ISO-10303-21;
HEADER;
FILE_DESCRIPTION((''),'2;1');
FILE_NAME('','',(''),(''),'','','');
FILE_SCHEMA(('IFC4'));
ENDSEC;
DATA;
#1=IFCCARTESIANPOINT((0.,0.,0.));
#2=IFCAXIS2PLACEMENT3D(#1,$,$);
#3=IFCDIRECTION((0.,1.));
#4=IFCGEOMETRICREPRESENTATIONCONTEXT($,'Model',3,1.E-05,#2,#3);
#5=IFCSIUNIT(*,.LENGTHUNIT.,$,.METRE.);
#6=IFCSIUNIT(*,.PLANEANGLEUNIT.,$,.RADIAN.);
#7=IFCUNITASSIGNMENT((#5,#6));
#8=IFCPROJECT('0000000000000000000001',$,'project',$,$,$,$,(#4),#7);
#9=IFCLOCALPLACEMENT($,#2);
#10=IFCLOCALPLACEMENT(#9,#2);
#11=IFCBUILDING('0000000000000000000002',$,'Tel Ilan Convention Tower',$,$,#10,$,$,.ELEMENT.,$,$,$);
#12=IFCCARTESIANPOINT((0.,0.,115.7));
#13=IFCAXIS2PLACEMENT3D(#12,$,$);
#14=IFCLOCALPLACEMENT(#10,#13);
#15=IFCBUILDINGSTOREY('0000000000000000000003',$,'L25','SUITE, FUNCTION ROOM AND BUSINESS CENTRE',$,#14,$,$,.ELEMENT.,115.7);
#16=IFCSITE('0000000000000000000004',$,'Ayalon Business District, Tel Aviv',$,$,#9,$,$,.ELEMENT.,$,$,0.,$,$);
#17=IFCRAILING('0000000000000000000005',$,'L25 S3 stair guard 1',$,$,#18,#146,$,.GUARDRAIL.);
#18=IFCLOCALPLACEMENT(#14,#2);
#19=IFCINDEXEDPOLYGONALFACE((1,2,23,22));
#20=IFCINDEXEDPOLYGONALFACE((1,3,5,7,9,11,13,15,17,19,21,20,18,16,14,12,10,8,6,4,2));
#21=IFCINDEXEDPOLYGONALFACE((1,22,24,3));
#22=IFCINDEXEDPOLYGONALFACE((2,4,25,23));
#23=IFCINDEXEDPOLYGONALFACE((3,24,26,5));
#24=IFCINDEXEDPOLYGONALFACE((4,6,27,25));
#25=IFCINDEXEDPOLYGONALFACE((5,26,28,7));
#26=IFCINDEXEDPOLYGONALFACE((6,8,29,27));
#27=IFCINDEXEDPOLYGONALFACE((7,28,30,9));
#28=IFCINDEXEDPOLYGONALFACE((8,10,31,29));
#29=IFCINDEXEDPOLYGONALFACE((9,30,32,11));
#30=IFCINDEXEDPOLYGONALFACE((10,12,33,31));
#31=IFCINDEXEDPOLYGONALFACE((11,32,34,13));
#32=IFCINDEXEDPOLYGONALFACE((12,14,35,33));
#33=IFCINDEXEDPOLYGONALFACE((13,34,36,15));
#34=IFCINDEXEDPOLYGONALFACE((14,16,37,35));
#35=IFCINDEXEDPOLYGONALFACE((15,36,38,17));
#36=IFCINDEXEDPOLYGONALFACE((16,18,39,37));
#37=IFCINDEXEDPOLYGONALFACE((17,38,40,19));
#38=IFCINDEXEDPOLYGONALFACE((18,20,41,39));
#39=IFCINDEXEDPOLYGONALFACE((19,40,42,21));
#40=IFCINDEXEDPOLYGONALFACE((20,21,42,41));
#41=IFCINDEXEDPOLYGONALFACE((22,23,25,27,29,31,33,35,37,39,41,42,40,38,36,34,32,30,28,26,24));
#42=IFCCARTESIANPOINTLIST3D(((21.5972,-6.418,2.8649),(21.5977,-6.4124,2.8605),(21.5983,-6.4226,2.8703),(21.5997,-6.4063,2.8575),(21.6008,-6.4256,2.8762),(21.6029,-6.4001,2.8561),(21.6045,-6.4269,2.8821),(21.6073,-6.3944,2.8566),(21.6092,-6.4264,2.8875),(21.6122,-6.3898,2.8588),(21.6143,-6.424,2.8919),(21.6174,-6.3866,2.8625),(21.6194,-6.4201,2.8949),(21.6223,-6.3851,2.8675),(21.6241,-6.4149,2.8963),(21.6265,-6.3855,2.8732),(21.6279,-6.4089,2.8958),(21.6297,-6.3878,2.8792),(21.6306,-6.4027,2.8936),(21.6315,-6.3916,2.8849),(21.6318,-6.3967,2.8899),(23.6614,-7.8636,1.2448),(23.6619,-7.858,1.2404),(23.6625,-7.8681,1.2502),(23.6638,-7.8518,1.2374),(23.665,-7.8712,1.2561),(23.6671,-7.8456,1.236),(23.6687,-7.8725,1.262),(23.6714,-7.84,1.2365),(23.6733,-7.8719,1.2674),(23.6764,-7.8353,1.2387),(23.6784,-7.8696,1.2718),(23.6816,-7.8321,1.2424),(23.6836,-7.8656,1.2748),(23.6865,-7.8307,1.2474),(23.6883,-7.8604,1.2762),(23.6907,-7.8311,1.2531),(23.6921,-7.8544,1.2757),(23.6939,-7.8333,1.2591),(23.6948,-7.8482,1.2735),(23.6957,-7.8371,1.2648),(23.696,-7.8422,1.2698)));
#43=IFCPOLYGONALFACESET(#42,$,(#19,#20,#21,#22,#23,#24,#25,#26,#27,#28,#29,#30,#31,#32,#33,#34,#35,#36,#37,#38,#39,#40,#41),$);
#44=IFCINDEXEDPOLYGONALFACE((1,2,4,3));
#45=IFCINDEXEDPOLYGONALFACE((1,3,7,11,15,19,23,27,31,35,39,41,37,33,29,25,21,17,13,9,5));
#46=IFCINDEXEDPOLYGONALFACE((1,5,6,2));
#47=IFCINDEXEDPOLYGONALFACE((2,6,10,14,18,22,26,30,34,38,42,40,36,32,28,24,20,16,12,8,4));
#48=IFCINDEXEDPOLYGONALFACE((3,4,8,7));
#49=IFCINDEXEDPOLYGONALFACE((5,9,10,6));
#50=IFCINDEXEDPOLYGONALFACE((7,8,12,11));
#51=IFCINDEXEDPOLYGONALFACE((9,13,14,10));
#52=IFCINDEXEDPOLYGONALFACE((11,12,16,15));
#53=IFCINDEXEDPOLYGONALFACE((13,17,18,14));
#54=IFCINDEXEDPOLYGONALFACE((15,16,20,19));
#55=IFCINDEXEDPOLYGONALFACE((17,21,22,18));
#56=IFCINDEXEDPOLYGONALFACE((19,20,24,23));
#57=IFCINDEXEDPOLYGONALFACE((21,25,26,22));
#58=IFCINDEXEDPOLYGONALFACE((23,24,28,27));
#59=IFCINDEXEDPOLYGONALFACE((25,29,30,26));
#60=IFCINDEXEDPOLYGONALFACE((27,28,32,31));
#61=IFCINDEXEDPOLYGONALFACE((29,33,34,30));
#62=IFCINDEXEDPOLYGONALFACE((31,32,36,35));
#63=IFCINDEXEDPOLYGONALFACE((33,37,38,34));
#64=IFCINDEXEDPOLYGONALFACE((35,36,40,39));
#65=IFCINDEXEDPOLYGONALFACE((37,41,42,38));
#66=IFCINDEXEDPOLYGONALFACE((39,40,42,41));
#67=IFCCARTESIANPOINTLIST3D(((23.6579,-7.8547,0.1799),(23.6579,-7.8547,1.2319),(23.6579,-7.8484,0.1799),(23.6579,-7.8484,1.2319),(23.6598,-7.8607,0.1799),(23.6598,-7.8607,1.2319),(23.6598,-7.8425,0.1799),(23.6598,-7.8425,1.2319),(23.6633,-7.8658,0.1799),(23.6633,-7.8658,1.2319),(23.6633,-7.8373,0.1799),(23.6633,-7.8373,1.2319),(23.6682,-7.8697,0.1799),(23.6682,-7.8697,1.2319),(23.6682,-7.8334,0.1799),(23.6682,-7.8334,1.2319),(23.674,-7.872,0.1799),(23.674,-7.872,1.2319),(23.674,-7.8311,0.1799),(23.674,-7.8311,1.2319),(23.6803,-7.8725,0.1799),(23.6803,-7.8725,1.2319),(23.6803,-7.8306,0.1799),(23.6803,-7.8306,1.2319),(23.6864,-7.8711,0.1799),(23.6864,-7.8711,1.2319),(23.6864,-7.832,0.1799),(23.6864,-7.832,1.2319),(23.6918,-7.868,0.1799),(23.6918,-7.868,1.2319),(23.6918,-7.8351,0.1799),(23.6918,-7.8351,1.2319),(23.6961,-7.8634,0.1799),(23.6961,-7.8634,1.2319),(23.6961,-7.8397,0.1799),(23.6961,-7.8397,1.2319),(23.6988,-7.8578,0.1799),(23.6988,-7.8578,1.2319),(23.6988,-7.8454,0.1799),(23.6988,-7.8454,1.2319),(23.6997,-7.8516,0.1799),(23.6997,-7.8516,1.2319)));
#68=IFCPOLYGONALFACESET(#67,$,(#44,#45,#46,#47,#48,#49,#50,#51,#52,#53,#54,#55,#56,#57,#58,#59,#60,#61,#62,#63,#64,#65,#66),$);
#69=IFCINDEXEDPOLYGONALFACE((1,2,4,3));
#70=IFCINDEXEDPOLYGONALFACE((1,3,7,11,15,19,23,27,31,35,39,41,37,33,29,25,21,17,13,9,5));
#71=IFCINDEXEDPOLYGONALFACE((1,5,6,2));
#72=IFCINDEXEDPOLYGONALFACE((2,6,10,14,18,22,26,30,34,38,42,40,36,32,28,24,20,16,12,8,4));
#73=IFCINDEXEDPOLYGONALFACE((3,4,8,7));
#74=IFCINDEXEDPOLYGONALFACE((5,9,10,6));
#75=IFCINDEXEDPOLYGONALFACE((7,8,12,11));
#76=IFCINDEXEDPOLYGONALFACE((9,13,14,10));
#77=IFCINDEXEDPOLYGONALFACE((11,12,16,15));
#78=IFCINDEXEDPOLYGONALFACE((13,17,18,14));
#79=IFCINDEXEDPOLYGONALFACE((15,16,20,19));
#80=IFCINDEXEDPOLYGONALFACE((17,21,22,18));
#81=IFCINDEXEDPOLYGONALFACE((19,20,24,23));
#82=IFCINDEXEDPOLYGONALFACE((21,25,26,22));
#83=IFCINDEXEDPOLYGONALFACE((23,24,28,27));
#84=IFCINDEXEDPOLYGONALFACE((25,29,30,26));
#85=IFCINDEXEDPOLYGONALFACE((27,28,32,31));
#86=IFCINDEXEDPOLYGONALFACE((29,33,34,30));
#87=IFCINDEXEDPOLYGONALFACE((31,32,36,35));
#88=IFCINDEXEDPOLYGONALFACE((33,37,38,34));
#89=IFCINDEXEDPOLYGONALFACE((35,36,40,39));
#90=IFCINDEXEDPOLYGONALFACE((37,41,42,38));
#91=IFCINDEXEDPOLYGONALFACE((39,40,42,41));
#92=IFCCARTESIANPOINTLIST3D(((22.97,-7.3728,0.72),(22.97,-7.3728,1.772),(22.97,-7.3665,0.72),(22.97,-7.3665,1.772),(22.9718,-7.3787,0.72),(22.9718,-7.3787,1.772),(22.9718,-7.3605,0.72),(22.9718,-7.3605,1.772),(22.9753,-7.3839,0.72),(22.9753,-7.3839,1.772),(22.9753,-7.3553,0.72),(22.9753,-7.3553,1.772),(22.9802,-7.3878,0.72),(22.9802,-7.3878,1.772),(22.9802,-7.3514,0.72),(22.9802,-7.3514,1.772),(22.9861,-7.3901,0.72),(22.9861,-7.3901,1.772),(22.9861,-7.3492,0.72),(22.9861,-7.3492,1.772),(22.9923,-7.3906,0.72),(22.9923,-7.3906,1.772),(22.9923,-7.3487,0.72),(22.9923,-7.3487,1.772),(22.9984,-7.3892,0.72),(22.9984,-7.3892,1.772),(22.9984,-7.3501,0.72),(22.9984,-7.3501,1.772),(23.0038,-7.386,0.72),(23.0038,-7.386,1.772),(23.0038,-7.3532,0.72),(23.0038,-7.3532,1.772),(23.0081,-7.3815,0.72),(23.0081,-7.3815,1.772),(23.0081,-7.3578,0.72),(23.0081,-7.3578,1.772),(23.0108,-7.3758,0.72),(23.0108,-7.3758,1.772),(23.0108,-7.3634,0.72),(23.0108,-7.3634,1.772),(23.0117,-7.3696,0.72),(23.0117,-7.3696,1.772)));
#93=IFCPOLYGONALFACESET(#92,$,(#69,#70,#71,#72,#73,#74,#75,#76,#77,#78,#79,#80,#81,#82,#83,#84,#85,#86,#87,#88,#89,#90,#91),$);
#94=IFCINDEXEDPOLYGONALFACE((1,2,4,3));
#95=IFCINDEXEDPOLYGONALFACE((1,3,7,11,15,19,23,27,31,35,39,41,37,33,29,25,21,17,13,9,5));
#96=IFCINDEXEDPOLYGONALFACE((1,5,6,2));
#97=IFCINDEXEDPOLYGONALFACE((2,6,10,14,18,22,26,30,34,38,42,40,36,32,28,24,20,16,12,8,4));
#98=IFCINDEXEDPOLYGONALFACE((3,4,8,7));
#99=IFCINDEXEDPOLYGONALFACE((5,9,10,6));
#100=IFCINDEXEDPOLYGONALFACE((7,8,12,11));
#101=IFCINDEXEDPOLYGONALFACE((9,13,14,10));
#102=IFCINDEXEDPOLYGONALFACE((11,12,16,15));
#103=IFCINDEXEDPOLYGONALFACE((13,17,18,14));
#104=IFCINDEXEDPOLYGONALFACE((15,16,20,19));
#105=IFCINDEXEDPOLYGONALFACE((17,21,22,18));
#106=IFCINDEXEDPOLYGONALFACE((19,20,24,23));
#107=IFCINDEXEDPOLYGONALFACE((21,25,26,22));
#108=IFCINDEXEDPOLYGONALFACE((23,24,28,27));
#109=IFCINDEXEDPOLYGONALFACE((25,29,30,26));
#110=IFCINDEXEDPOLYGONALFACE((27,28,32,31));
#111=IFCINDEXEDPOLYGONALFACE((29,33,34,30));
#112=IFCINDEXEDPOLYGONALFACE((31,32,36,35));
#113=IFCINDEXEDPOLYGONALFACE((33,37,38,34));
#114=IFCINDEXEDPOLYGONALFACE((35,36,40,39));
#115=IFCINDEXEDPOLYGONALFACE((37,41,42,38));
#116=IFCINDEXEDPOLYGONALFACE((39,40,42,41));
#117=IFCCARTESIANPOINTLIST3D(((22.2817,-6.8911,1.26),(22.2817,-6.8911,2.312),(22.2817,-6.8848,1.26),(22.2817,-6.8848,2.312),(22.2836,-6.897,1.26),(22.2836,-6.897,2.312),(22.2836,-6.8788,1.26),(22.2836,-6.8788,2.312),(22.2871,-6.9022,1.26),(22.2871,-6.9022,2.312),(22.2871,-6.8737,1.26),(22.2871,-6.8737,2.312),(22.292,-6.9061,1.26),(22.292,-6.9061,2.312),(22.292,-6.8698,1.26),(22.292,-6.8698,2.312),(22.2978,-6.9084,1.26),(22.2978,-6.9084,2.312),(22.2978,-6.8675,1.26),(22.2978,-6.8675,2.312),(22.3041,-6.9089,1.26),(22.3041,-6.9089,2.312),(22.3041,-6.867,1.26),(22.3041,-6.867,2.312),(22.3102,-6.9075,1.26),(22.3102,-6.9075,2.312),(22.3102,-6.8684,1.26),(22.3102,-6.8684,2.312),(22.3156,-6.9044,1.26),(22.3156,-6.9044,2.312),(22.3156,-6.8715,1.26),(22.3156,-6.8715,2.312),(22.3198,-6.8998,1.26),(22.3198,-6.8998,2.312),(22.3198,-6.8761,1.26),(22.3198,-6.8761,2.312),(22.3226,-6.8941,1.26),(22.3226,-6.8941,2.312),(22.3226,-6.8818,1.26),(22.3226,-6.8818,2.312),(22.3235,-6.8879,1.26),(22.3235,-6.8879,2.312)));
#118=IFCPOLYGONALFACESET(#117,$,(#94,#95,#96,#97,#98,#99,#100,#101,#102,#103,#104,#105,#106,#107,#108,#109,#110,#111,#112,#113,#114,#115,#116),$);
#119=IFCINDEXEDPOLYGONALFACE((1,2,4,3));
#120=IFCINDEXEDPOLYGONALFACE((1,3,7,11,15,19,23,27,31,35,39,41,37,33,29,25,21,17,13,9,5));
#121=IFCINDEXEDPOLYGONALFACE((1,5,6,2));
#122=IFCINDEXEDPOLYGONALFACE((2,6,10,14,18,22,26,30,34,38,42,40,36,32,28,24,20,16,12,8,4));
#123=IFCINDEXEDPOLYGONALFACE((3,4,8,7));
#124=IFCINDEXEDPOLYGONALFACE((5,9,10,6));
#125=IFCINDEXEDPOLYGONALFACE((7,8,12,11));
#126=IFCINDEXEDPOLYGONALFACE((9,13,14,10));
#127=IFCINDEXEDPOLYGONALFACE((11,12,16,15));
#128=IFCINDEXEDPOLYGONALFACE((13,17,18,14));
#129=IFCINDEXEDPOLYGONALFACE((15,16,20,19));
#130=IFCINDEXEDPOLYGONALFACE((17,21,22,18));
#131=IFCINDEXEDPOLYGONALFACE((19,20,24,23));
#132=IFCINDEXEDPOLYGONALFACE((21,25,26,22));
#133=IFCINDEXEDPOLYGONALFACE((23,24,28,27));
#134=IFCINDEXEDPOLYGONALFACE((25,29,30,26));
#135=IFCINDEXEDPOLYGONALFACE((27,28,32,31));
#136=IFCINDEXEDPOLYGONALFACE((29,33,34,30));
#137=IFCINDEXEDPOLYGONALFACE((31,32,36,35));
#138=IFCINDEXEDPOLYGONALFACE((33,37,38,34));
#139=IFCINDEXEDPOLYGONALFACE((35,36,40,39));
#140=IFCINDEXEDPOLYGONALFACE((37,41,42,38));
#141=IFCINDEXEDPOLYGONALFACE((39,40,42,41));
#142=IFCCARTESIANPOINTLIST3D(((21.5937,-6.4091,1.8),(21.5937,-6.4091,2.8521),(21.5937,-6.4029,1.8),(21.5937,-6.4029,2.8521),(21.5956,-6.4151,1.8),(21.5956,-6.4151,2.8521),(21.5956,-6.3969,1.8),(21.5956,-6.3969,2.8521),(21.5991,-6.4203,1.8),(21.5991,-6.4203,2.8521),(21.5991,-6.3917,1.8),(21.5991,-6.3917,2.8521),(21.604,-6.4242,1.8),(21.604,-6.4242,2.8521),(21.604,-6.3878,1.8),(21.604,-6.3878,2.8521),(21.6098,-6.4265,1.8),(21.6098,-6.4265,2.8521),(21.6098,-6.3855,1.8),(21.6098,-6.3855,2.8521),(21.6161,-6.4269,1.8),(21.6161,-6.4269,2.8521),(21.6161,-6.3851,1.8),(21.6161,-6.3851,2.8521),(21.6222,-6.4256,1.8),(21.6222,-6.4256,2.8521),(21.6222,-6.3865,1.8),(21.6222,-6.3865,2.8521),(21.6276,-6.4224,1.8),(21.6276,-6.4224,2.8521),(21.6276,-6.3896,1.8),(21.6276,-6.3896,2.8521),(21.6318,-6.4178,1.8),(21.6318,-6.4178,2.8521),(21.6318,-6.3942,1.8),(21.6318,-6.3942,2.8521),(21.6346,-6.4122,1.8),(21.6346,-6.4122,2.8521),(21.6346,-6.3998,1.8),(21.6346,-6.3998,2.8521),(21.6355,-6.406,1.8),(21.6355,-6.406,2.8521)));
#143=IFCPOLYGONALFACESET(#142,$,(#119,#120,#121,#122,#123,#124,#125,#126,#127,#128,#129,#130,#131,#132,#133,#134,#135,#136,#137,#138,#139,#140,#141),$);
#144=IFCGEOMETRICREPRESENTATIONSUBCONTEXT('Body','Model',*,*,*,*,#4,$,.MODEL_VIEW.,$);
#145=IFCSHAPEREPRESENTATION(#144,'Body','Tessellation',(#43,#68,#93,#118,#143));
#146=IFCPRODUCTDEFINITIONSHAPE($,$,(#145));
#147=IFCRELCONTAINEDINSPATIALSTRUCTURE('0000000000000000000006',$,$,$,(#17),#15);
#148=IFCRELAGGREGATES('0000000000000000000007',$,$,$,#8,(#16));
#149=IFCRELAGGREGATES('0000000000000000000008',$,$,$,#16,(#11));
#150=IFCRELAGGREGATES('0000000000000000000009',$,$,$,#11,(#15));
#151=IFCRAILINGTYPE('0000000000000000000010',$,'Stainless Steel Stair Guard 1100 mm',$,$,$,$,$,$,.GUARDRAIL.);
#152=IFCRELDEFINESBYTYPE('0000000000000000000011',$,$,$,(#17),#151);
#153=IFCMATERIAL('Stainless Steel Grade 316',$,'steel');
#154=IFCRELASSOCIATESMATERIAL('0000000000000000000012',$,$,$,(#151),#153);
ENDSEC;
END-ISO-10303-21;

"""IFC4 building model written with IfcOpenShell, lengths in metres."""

from ifc_helpers import new_model, si_unit, direction, frame, origin, origin_2d, place, context, subcontext, project, spatial, circle, extrude, material, type_object, element, save


model = new_model("IFC4")

# Units and contexts
model_context = context("Model", 3, precision=1e-05, world=origin(), true_north=direction((0.0, 1.0)))
body_context = subcontext(model_context, "Body", "Model", "MODEL_VIEW")
ifc_project = project(units=[si_unit("LENGTHUNIT", "METRE"), si_unit("PLANEANGLEUNIT", "RADIAN")], contexts=[model_context])

# Site, building, storey
site_placement = place(None, origin())
site = spatial("IfcSite", under=ifc_project, at=site_placement, Name="Ayalon Business District, Tel Aviv", CompositionType="ELEMENT", RefElevation=0.0)
building_placement = place(site_placement, origin())
building = spatial("IfcBuilding", under=site, at=building_placement, Name="Tel Ilan Convention Tower", CompositionType="ELEMENT")
storey_placement = place(building_placement, frame((0.0, 0.0, 115.7)))
storey = spatial("IfcBuildingStorey", under=building, at=storey_placement, Name="L25", Description="SUITE, FUNCTION ROOM AND BUSINESS CENTRE", CompositionType="ELEMENT", Elevation=115.7)

# Railing
ifc_material_1 = material(Name="Stainless Steel Grade 316", Category="steel")
railing_type_1 = type_object("IfcRailingType", Name="Stainless Steel Stair Guard 1100 mm", PredefinedType="GUARDRAIL", material=ifc_material_1)
railing_1_placement = place(storey_placement, frame((23.6787, -7.8516, 0.1799)))
element("IfcRailing", 1, at=railing_1_placement, inside=storey, type_object=railing_type_1, Name="L25 S3 stair guard 1", PredefinedType="GUARDRAIL", context=body_context, shape_type="SweptSolid", body=[
    extrude(circle(Radius=0.0239, at=origin_2d()), frame((0.0, 0.0, 1.0762), z_axis=(-0.689013, 0.482513, 0.540779), x_axis=(-0.573625, -0.819118, 0.0)), (0.0, 0.0, 1.0), 2.9958),
    extrude(circle(Radius=0.021, at=origin_2d()), origin(), (0.0, 0.0, 1.0), 1.052),
    extrude(circle(Radius=0.021, at=origin_2d()), frame((-0.688, 0.4819, 0.54)), (0.0, 0.0, 1.0), 1.052),
    extrude(circle(Radius=0.021, at=origin_2d()), frame((-1.3762, 0.9636, 1.0801)), (0.0, 0.0, 1.0), 1.052),
    extrude(circle(Radius=0.021, at=origin_2d()), frame((-2.0642, 1.4456, 1.6201)), (0.0, 0.0, 1.0), 1.052),
])

save(model, "model.ifc")
